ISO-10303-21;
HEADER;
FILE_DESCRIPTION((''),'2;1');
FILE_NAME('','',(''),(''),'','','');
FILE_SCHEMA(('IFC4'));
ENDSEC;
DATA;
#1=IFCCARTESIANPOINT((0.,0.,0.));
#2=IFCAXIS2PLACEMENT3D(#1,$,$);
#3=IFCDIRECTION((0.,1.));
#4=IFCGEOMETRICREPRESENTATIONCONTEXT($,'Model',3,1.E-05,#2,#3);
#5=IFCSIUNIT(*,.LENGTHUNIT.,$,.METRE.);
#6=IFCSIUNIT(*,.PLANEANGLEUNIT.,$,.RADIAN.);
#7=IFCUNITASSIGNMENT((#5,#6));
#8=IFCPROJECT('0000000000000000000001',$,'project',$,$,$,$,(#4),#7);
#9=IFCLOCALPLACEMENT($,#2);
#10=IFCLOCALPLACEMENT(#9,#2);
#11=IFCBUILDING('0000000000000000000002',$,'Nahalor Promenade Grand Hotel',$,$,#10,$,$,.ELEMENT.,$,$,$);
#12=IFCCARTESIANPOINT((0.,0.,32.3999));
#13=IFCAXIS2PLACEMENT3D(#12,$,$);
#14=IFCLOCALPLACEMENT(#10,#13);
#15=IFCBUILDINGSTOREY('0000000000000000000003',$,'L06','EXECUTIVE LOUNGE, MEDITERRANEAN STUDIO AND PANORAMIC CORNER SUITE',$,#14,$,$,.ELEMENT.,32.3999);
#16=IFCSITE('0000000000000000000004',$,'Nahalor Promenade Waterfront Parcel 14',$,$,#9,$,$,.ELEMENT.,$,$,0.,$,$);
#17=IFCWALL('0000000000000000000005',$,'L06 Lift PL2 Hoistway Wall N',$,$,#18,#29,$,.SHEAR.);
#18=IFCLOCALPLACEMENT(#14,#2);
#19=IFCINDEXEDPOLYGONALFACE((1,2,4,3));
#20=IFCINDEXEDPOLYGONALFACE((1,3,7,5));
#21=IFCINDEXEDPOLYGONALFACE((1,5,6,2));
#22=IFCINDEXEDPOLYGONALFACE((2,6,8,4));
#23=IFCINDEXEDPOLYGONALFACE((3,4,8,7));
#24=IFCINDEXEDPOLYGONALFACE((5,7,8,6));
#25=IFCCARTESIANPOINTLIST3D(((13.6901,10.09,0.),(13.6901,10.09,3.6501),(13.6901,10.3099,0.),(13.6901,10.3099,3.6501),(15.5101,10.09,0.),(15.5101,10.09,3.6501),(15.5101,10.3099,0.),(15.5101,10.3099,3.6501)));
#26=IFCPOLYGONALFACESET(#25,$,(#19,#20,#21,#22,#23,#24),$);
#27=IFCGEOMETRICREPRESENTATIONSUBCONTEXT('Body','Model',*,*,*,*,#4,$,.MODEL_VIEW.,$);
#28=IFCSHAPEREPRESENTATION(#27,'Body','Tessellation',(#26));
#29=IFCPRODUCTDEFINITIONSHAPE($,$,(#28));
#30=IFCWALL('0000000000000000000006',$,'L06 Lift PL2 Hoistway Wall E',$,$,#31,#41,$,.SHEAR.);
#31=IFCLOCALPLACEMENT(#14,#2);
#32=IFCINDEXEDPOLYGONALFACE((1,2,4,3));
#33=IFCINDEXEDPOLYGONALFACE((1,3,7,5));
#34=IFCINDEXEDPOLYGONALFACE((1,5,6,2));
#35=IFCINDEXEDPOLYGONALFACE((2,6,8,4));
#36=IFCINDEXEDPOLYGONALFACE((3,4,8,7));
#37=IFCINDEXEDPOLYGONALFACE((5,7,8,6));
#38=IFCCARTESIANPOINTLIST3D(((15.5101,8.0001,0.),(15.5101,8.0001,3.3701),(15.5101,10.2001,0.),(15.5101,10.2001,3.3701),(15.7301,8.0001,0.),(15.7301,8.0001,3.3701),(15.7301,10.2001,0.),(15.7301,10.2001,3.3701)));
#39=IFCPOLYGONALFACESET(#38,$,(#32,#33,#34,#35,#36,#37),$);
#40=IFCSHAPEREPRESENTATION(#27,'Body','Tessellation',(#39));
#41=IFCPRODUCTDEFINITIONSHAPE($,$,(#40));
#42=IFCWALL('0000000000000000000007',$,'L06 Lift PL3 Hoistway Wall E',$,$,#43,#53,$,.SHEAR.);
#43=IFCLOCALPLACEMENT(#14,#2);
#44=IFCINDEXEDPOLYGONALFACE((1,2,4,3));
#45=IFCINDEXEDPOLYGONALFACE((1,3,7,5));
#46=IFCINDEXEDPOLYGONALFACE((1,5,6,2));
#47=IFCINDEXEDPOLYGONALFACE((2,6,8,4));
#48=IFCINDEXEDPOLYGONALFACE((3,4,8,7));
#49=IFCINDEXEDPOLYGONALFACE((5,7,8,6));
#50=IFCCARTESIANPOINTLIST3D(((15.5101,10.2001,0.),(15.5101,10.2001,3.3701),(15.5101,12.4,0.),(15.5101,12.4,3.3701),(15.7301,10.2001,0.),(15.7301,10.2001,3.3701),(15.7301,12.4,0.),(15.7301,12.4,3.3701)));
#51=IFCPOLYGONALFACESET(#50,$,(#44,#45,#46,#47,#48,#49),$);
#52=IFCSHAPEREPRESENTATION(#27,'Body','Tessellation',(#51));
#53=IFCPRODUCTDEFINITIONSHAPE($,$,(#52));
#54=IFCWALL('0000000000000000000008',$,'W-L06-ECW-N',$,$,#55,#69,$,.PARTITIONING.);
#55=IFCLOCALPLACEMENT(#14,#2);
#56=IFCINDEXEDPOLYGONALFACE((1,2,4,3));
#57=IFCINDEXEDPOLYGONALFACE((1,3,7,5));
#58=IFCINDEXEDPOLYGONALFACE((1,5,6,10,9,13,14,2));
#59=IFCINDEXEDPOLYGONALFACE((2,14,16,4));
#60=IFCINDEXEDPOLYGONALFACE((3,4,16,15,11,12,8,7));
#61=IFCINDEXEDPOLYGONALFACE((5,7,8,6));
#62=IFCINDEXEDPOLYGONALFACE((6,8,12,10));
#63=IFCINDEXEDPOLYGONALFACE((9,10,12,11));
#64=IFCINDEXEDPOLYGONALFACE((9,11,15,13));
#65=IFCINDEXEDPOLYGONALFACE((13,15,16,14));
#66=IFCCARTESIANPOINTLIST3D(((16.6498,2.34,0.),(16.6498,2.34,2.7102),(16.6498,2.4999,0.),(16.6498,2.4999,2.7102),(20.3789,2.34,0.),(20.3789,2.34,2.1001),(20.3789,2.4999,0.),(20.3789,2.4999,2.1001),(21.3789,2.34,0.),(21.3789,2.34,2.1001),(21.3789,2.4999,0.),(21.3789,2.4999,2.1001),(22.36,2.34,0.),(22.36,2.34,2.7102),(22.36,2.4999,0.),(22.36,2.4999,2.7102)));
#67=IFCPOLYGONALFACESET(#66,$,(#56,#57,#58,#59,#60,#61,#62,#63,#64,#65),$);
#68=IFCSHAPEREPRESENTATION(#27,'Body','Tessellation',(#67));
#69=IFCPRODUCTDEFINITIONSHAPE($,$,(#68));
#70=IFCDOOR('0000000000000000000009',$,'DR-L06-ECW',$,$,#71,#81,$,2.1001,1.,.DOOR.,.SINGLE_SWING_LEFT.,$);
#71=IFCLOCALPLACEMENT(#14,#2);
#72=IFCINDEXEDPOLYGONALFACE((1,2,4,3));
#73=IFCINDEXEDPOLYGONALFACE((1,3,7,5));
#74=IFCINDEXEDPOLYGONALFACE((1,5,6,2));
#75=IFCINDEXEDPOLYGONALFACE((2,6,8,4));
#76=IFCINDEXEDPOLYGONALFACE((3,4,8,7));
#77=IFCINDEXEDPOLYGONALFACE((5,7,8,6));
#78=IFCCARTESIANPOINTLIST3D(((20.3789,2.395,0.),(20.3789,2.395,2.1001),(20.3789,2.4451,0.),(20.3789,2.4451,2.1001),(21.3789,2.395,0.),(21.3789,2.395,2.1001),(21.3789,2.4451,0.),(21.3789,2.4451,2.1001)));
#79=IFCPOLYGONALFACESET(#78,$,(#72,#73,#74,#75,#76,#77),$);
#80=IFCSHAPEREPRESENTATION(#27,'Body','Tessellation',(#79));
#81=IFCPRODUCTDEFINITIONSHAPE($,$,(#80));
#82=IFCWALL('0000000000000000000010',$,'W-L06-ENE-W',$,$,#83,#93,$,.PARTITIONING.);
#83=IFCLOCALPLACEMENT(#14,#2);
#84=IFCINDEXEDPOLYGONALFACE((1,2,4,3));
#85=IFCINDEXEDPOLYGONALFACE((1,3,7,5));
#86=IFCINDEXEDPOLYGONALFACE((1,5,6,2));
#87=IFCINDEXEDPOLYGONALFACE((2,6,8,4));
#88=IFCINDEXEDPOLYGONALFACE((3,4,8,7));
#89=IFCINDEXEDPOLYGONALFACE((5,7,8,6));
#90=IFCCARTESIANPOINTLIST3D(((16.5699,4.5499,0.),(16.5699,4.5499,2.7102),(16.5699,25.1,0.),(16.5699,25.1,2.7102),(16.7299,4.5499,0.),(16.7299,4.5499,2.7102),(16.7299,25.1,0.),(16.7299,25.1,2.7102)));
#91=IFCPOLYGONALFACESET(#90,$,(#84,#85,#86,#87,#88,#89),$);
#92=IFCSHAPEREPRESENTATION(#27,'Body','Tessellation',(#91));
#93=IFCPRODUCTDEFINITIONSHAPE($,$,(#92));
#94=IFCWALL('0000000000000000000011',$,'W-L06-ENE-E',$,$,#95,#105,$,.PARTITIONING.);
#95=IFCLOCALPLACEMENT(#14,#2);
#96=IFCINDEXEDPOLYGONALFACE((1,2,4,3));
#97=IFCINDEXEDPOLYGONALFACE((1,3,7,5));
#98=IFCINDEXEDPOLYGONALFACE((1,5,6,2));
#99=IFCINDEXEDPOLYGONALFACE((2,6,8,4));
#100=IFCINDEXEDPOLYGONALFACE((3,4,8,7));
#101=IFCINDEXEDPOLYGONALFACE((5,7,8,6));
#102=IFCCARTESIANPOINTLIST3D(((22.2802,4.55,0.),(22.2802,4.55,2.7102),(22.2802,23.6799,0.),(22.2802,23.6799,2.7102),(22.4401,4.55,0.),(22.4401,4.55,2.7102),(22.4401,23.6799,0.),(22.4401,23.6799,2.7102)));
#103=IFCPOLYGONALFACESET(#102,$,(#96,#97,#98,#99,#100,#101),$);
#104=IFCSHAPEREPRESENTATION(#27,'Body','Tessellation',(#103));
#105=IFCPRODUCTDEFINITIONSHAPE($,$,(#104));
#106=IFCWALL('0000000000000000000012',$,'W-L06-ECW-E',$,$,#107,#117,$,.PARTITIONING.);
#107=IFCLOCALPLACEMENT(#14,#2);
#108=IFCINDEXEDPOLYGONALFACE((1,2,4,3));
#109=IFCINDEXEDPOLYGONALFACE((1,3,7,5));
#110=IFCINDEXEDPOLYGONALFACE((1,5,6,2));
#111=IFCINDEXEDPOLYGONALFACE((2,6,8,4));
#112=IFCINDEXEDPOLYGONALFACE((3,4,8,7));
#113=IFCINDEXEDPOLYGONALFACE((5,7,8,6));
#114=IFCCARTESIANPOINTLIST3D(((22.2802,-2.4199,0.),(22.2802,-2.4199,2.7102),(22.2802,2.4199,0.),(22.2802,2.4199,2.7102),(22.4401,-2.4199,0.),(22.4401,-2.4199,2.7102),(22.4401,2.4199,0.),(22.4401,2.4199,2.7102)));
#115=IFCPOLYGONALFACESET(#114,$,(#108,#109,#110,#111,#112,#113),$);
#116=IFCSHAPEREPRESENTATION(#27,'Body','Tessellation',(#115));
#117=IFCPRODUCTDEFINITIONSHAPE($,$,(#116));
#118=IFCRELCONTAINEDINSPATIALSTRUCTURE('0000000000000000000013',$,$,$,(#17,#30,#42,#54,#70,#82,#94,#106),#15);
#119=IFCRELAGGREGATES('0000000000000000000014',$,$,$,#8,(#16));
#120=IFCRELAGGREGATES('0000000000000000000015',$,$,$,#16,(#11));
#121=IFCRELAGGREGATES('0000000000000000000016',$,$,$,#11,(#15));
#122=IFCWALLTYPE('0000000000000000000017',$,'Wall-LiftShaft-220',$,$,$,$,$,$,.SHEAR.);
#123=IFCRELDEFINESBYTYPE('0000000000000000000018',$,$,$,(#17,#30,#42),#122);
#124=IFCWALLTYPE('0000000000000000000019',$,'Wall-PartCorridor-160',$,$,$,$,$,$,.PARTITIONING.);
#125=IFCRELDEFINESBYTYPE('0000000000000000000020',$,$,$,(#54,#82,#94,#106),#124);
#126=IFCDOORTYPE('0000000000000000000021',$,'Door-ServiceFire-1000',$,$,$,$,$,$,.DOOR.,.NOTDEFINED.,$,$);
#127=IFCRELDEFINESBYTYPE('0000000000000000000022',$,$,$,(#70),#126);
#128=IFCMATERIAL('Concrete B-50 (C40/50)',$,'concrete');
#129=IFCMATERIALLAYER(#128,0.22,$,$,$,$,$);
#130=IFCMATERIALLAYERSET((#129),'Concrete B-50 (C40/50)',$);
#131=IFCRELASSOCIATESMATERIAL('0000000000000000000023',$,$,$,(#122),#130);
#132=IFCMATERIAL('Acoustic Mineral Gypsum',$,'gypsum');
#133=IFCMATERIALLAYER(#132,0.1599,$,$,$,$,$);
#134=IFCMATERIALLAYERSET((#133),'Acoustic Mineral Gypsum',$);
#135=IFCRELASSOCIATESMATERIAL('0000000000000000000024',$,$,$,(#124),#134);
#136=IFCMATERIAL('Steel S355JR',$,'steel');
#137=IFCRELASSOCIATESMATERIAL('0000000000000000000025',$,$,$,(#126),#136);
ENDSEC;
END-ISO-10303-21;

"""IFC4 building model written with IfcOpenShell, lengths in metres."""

from ifc_helpers import new_model, si_unit, direction, frame, frame_2d, origin, place, context, subcontext, project, spatial, rectangle, extrude, source, transform, mapped, material, layer, layer_set, type_object, element, fill, save


model = new_model("IFC4")

# Units and contexts
model_context = context("Model", 3, precision=1e-05, world=origin(), true_north=direction((0.0, 1.0)))
body_context = subcontext(model_context, "Body", "Model", "MODEL_VIEW")
ifc_project = project(units=[si_unit("LENGTHUNIT", "METRE"), si_unit("PLANEANGLEUNIT", "RADIAN")], contexts=[model_context])

# Site, building, storey
site_placement = place(None, origin())
site = spatial("IfcSite", under=ifc_project, at=site_placement, Name="Nahalor Promenade Waterfront Parcel 14", CompositionType="ELEMENT", RefElevation=0.0)
building_placement = place(site_placement, origin())
building = spatial("IfcBuilding", under=site, at=building_placement, Name="Nahalor Promenade Grand Hotel", CompositionType="ELEMENT")
storey_placement = place(building_placement, frame((0.0, 0.0, 32.3999)))
storey = spatial("IfcBuildingStorey", under=building, at=storey_placement, Name="L06", Description="EXECUTIVE LOUNGE, MEDITERRANEAN STUDIO AND PANORAMIC CORNER SUITE", CompositionType="ELEMENT", Elevation=32.3999)

# Shared definitions
ifc_material_1 = material(Name="Steel S355JR", Category="steel")

# Walls
ifc_material_2 = material(Name="Concrete B-50 (C40/50)", Category="concrete")
ifc_layer_1 = layer(ifc_material_2, 0.22)
ifc_layer_set_1 = layer_set([ifc_layer_1], Name="Concrete B-50 (C40/50)")
wall_type_1 = type_object("IfcWallType", Name="Wall-LiftShaft-220", PredefinedType="SHEAR", material=ifc_layer_set_1)
shared_shape_1 = source(origin(), body_context, "Body", "SweptSolid", [
    extrude(rectangle(XDim=1.8201, YDim=0.22, at=frame_2d((0.9102, 0.0))), origin(), (0.0, 0.0, 1.0), 3.6501),
])
for number, where, z_axis, x_axis, name in (
    (1, (13.6899, 10.2, 0.0), (0.0, 0.0, 1.0), (1.0, 0.0, 0.0), "L06 Lift PL2 Hoistway Wall N"),
):
    element("IfcWall", number, at=place(storey_placement, frame(where, z_axis=z_axis, x_axis=x_axis)), inside=storey, type_object=wall_type_1, Name=name, PredefinedType="SHEAR", context=body_context, shape_type="MappedRepresentation", body=[
        mapped(shared_shape_1, transform((0.0, 0.0, 0.0), scale=1.0)),
    ])
shared_shape_2 = source(origin(), body_context, "Body", "SweptSolid", [
    extrude(rectangle(XDim=2.2, YDim=0.22, at=frame_2d((1.1001, 0.0))), origin(), (0.0, 0.0, 1.0), 3.3701),
])
for number, where, z_axis, x_axis, name in (
    (2, (15.6201, 8.0, 0.0), (0.0, 0.0, 1.0), (0.0, 1.0, 0.0), "L06 Lift PL2 Hoistway Wall E"),
    (3, (15.6201, 10.2, 0.0), (0.0, 0.0, 1.0), (0.0, 1.0, 0.0), "L06 Lift PL3 Hoistway Wall E"),
):
    element("IfcWall", number, at=place(storey_placement, frame(where, z_axis=z_axis, x_axis=x_axis)), inside=storey, type_object=wall_type_1, Name=name, PredefinedType="SHEAR", context=body_context, shape_type="MappedRepresentation", body=[
        mapped(shared_shape_2, transform((0.0, 0.0, 0.0), scale=1.0)),
    ])

# Wall, opening, door
ifc_material_3 = material(Name="Acoustic Mineral Gypsum", Category="gypsum")
ifc_layer_2 = layer(ifc_material_3, 0.1599)
ifc_layer_set_2 = layer_set([ifc_layer_2], Name="Acoustic Mineral Gypsum")
wall_type_2 = type_object("IfcWallType", Name="Wall-PartCorridor-160", PredefinedType="PARTITIONING", material=ifc_layer_set_2)
shared_shape_3 = source(origin(), body_context, "Body", "SweptSolid", [
    extrude(rectangle(XDim=5.7102, YDim=0.1599, at=frame_2d((2.855, 0.0))), origin(), (0.0, 0.0, 1.0), 2.7102),
])
wall_1_placement = place(storey_placement, frame((16.6499, 2.4199, 0.0), z_axis=(0.0, 0.0, 1.0), x_axis=(1.0, 0.0, 0.0)))
wall_1 = element("IfcWall", 4, at=wall_1_placement, inside=storey, type_object=wall_type_2, Name="W-L06-ECW-N", PredefinedType="PARTITIONING", context=body_context, shape_type="MappedRepresentation", body=[
    mapped(shared_shape_3, transform((0.0, 0.0, 0.0), scale=1.0)),
])
opening_1_placement = place(wall_1_placement, frame((3.729, 0.0, 0.0)))
opening_1 = element("IfcOpeningElement", 5, at=opening_1_placement, cuts=wall_1, PredefinedType="OPENING", context=body_context, shape_type="SweptSolid", body=[
    extrude(rectangle(XDim=1.0, YDim=2.1001, at=frame_2d((0.5, 1.05))), frame((0.0, 0.0898, 0.0), z_axis=(0.0, -1.0, 0.0), x_axis=(1.0, 0.0, 0.0)), (0.0, 0.0, 1.0), 0.1799),
])
door_type_1 = type_object("IfcDoorType", Name="Door-ServiceFire-1000", OperationType="NOTDEFINED", PredefinedType="DOOR", material=ifc_material_1)
shared_shape_4 = source(origin(), body_context, "Body", "SweptSolid", [
    extrude(rectangle(XDim=1.0, YDim=2.1001, at=frame_2d((0.5, 1.05))), frame((0.0, 0.0249, 0.0), z_axis=(0.0, -1.0, 0.0), x_axis=(1.0, 0.0, 0.0)), (0.0, 0.0, 1.0), 0.05),
])
door_1_placement = place(opening_1_placement, frame((1.0, 0.0, 0.0), z_axis=(0.0, 0.0, 1.0), x_axis=(-1.0, 0.0, 0.0)))
door_1 = element("IfcDoor", 6, at=door_1_placement, inside=storey, type_object=door_type_1, Name="DR-L06-ECW", OperationType="SINGLE_SWING_LEFT", OverallHeight=2.1001, OverallWidth=1.0, PredefinedType="DOOR", context=body_context, shape_type="MappedRepresentation", body=[
    mapped(shared_shape_4, transform((0.0, 0.0, 0.0), scale=1.0)),
])
fill(opening_1, door_1)

# Walls
shared_shape_5 = source(origin(), body_context, "Body", "SweptSolid", [
    extrude(rectangle(XDim=20.55, YDim=0.1599, at=frame_2d((10.2749, 0.0))), origin(), (0.0, 0.0, 1.0), 2.7102),
])
wall_2_placement = place(storey_placement, frame((16.6499, 4.55, 0.0), z_axis=(0.0, 0.0, 1.0), x_axis=(0.0, 1.0, 0.0)))
element("IfcWall", 7, at=wall_2_placement, inside=storey, type_object=wall_type_2, Name="W-L06-ENE-W", PredefinedType="PARTITIONING", context=body_context, shape_type="MappedRepresentation", body=[
    mapped(shared_shape_5, transform((0.0, 0.0, 0.0), scale=1.0)),
])
shared_shape_6 = source(origin(), body_context, "Body", "SweptSolid", [
    extrude(rectangle(XDim=19.1299, YDim=0.1599, at=frame_2d((9.5649, 0.0))), origin(), (0.0, 0.0, 1.0), 2.7102),
])
wall_3_placement = place(storey_placement, frame((22.3601, 4.55, 0.0), z_axis=(0.0, 0.0, 1.0), x_axis=(0.0, 1.0, 0.0)))
element("IfcWall", 8, at=wall_3_placement, inside=storey, type_object=wall_type_2, Name="W-L06-ENE-E", PredefinedType="PARTITIONING", context=body_context, shape_type="MappedRepresentation", body=[
    mapped(shared_shape_6, transform((0.0, 0.0, 0.0), scale=1.0)),
])
shared_shape_7 = source(origin(), body_context, "Body", "SweptSolid", [
    extrude(rectangle(XDim=4.8398, YDim=0.1599, at=frame_2d((2.4199, 0.0))), origin(), (0.0, 0.0, 1.0), 2.7102),
])
wall_4_placement = place(storey_placement, frame((22.3601, -2.4199, 0.0), z_axis=(0.0, 0.0, 1.0), x_axis=(0.0, 1.0, 0.0)))
element("IfcWall", 9, at=wall_4_placement, inside=storey, type_object=wall_type_2, Name="W-L06-ECW-E", PredefinedType="PARTITIONING", context=body_context, shape_type="MappedRepresentation", body=[
    mapped(shared_shape_7, transform((0.0, 0.0, 0.0), scale=1.0)),
])

save(model, "model.ifc")
